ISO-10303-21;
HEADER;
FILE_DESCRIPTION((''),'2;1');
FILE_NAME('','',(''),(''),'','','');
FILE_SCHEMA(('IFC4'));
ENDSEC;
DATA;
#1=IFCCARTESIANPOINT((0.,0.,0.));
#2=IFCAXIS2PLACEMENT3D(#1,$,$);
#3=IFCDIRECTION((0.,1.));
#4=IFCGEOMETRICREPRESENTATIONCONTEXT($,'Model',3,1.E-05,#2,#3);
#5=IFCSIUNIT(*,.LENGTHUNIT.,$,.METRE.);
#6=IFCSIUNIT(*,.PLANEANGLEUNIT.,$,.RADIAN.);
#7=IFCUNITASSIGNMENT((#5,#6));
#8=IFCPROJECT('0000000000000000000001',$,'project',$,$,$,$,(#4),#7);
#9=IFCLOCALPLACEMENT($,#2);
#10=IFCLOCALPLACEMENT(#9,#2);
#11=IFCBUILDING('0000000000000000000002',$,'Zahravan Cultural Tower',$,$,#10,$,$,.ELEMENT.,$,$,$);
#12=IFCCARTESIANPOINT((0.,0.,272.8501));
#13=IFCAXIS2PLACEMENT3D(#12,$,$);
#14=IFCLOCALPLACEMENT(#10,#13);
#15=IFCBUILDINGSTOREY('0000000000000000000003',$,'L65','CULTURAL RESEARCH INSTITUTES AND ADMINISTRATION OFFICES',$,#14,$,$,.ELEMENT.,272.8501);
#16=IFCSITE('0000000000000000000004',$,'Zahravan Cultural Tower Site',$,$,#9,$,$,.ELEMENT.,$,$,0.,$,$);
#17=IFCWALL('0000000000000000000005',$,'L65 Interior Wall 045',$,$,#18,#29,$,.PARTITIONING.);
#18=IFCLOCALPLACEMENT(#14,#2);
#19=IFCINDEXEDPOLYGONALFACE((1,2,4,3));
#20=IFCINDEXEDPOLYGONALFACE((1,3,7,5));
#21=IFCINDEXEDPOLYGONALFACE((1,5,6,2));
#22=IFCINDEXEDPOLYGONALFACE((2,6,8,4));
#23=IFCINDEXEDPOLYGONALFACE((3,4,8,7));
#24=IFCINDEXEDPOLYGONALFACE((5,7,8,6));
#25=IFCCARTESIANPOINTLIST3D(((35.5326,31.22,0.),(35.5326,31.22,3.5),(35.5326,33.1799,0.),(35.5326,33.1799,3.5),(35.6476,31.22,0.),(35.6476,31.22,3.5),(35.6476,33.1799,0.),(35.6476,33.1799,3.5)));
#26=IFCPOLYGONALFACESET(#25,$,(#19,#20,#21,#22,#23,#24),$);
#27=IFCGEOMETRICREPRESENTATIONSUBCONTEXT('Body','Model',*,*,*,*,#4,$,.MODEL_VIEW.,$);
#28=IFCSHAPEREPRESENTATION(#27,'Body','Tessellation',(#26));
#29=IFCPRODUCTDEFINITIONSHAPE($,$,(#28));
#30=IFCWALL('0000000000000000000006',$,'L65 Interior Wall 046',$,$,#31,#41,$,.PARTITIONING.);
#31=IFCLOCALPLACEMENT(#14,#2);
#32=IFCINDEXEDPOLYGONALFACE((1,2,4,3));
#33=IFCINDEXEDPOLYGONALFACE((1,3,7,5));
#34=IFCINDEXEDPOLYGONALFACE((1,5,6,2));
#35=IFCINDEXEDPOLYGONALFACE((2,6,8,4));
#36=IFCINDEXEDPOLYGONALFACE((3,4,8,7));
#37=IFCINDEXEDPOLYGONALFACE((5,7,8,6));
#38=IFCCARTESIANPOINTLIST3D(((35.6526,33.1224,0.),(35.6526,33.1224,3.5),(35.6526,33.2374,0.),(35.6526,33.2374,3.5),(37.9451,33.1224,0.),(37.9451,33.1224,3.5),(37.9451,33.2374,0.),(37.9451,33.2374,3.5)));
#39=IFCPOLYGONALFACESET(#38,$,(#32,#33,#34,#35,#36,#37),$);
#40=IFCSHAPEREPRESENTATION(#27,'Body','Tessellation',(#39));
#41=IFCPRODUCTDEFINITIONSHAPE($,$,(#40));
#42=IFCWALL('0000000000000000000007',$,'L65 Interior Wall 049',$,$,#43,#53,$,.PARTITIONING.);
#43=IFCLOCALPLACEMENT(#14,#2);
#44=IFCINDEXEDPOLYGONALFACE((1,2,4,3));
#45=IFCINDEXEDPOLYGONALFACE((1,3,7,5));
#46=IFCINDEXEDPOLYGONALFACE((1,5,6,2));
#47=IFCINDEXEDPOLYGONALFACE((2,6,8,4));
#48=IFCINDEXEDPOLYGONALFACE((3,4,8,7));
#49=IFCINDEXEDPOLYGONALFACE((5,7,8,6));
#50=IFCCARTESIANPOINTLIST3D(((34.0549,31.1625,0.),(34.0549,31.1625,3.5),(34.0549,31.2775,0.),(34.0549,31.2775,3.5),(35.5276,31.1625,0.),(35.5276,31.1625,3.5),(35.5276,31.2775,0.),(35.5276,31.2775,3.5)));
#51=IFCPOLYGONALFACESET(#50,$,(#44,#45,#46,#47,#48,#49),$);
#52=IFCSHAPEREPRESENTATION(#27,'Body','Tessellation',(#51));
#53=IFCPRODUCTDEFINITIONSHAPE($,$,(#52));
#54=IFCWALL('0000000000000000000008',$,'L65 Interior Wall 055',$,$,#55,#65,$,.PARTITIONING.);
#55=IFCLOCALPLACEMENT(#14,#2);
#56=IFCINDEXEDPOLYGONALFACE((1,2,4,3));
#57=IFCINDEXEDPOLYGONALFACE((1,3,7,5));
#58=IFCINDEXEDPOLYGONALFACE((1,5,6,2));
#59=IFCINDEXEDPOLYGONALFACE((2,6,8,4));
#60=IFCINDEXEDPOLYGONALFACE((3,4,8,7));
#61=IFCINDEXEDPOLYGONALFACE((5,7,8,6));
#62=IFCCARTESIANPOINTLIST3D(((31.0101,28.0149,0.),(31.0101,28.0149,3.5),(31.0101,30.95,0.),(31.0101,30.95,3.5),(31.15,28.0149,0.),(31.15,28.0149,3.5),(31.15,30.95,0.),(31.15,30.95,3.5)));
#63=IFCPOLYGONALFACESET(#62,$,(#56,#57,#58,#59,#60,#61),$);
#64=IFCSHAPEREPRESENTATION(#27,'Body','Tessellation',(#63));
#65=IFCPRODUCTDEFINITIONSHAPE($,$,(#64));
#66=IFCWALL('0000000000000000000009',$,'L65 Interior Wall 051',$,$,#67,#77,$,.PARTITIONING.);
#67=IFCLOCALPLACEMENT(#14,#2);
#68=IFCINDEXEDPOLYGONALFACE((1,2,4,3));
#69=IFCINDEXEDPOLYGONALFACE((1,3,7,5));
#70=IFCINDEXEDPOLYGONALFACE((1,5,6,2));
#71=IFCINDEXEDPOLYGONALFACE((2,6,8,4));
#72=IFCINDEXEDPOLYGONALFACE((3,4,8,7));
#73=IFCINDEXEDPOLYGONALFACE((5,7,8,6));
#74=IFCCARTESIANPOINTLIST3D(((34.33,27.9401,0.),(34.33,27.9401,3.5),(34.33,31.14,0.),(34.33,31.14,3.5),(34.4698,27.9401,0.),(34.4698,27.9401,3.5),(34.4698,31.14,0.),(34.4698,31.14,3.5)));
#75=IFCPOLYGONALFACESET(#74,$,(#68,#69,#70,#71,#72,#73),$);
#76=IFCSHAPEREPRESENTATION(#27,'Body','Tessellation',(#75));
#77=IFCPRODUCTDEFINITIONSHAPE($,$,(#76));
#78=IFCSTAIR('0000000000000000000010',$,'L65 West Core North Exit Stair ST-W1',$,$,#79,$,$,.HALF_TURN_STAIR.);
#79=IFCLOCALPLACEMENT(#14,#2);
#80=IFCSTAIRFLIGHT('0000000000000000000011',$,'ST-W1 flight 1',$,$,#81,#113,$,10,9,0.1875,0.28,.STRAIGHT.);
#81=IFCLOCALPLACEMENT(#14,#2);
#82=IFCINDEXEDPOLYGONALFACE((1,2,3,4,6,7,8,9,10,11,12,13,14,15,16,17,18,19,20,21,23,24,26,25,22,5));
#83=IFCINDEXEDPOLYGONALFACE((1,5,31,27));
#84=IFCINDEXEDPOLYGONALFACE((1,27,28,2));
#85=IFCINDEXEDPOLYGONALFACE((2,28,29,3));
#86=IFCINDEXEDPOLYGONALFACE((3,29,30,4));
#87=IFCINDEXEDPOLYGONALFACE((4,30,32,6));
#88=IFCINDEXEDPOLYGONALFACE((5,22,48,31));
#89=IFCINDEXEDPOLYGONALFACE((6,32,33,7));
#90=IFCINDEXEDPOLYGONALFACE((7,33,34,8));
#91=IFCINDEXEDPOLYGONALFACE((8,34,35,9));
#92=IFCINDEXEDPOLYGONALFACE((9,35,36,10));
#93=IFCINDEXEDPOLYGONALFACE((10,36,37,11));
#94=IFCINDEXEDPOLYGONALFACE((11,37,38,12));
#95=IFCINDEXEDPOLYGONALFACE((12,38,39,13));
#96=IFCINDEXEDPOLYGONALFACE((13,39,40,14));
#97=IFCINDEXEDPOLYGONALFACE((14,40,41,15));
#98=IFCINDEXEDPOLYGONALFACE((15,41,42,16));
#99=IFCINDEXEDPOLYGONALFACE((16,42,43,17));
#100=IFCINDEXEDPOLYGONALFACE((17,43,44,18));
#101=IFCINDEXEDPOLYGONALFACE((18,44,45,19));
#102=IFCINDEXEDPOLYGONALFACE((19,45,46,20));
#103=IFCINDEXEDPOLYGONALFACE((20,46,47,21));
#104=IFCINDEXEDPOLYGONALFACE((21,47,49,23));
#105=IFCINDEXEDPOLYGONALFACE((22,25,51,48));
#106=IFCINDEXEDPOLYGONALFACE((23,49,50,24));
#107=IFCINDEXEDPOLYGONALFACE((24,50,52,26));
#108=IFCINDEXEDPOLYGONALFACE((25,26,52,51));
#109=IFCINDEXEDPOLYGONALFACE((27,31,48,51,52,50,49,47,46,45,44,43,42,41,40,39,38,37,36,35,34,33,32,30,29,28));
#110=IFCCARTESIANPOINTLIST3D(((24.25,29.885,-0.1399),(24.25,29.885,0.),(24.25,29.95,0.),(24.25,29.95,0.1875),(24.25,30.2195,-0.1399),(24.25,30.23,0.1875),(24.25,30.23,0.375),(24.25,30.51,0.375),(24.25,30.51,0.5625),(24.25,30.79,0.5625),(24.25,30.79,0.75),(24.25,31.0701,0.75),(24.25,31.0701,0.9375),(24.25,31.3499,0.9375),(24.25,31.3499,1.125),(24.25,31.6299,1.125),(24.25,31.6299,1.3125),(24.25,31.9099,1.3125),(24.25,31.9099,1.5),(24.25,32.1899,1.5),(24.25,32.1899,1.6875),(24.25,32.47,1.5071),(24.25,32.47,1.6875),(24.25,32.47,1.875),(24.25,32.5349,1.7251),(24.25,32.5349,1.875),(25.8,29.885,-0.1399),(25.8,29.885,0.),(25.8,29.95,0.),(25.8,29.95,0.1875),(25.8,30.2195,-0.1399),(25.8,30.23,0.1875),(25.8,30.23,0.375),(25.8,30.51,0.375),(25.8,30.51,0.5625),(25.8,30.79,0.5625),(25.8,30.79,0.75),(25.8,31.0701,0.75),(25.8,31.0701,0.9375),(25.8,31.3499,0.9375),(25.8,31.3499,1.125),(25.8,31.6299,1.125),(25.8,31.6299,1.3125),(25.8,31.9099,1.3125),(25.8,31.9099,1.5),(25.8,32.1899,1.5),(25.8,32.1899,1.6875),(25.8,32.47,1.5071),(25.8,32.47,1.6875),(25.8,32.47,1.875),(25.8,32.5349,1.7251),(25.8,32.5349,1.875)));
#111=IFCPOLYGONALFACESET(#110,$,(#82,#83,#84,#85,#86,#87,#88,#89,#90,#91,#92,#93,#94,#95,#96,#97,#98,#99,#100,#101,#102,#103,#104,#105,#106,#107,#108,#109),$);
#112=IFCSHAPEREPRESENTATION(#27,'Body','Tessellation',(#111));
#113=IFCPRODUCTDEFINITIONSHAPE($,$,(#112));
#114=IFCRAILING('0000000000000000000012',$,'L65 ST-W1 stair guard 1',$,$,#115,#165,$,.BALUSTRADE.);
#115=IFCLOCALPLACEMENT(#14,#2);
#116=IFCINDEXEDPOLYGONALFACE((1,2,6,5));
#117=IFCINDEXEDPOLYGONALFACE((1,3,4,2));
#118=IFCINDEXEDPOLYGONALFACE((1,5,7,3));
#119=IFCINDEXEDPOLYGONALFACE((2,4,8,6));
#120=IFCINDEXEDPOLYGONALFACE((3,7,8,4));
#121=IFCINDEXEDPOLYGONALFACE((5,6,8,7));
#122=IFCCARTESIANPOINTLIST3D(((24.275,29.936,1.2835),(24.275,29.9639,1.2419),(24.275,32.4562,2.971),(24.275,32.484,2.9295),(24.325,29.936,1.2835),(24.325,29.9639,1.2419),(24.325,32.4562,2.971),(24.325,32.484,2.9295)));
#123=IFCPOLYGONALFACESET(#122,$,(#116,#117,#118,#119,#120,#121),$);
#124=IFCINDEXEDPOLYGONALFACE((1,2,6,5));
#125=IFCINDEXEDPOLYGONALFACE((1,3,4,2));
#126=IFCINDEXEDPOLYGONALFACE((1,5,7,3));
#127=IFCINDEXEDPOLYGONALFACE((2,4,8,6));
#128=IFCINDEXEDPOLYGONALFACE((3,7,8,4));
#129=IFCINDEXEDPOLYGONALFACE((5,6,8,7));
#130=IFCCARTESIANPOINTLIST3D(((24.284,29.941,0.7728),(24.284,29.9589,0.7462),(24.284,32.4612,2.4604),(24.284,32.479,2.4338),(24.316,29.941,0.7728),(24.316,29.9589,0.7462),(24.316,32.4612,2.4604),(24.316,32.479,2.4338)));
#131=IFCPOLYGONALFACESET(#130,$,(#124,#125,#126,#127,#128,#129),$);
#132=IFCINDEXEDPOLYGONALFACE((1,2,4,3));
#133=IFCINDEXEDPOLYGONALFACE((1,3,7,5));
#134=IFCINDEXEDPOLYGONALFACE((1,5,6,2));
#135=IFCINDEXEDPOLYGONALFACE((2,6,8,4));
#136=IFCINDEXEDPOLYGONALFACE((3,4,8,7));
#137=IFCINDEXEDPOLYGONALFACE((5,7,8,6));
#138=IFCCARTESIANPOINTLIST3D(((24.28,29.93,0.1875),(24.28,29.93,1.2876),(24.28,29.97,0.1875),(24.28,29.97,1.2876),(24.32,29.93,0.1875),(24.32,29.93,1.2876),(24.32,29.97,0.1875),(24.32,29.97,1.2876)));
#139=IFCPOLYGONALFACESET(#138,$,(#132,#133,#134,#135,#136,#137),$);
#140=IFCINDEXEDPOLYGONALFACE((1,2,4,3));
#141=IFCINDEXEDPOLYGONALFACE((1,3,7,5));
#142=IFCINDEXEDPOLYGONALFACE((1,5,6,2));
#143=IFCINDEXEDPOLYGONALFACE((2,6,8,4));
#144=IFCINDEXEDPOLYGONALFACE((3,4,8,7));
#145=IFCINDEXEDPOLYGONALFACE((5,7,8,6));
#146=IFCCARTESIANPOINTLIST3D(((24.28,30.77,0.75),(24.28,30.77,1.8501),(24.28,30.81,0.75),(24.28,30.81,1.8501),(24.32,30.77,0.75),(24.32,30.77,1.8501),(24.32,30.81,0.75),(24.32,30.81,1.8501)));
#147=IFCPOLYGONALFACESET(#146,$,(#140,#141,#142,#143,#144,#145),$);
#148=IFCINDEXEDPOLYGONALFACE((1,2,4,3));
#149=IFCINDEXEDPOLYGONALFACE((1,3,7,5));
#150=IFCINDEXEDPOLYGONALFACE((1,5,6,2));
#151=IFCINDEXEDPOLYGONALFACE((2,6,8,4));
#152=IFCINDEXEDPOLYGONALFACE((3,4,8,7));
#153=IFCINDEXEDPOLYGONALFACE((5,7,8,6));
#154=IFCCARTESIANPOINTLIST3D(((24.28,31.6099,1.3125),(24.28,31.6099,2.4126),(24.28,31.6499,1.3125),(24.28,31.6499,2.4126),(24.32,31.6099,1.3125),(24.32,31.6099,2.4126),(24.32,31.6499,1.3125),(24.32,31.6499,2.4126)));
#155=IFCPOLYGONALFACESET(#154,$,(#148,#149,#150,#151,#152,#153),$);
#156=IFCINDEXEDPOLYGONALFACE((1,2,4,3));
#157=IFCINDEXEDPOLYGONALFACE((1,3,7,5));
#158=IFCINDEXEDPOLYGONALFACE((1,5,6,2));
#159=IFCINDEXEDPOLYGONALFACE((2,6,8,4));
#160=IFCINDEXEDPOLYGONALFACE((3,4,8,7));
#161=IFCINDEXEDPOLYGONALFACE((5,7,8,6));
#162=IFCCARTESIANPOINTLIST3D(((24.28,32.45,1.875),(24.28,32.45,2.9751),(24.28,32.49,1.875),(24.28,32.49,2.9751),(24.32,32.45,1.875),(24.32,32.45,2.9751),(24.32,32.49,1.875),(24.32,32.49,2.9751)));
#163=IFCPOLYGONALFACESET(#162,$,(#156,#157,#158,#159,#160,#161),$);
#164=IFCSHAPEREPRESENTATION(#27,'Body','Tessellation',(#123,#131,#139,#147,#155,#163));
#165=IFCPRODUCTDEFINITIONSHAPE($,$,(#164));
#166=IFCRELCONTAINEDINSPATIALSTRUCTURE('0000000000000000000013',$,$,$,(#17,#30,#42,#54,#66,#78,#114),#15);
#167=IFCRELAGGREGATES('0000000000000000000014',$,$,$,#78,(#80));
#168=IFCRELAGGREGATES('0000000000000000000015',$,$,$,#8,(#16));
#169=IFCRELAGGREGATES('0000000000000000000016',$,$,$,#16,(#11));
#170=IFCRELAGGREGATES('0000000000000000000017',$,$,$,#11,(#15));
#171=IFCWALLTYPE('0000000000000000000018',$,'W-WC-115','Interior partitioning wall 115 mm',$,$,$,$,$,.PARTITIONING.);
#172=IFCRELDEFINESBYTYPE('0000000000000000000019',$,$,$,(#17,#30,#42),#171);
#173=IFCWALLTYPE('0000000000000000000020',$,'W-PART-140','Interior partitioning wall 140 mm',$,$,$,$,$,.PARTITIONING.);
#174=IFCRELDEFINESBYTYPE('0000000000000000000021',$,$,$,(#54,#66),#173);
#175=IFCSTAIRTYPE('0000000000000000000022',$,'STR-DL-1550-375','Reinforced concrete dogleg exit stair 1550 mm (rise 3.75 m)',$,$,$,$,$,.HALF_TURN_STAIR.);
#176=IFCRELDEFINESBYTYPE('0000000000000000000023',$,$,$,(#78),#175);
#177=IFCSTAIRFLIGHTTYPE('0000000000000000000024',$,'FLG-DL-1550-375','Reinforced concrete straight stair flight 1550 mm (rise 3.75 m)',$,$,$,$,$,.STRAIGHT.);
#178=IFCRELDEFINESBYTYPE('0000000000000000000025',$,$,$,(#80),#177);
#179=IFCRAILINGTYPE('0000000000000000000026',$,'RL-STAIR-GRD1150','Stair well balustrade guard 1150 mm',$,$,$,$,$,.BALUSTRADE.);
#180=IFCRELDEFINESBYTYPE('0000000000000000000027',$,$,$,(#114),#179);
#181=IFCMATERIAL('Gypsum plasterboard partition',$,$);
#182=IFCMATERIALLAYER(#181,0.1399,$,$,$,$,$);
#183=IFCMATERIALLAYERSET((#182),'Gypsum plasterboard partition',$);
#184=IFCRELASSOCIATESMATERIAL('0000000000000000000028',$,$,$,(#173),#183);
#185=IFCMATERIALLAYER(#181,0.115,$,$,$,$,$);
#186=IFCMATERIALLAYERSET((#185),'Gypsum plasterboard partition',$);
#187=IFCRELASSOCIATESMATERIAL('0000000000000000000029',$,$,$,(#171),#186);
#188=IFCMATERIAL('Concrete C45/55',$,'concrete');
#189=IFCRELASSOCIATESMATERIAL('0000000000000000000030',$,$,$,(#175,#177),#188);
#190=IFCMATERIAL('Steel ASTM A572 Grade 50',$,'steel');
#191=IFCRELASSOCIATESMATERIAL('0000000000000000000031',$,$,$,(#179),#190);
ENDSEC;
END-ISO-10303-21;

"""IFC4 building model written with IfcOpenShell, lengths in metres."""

from ifc_helpers import new_model, si_unit, direction, frame, frame_2d, origin, origin_2d, place, context, subcontext, project, spatial, polyline, rectangle, outline, extrude, source, transform, mapped, material, layer, layer_set, type_object, element, aggregate, save


model = new_model("IFC4")

# Units and contexts
model_context = context("Model", 3, precision=1e-05, world=origin(), true_north=direction((0.0, 1.0)))
body_context = subcontext(model_context, "Body", "Model", "MODEL_VIEW")
ifc_project = project(units=[si_unit("LENGTHUNIT", "METRE"), si_unit("PLANEANGLEUNIT", "RADIAN")], contexts=[model_context])

# Site, building, storey
site_placement = place(None, origin())
site = spatial("IfcSite", under=ifc_project, at=site_placement, Name="Zahravan Cultural Tower Site", CompositionType="ELEMENT", RefElevation=0.0)
building_placement = place(site_placement, origin())
building = spatial("IfcBuilding", under=site, at=building_placement, Name="Zahravan Cultural Tower", CompositionType="ELEMENT")
storey_placement = place(building_placement, frame((0.0, 0.0, 272.8501)))
storey = spatial("IfcBuildingStorey", under=building, at=storey_placement, Name="L65", Description="CULTURAL RESEARCH INSTITUTES AND ADMINISTRATION OFFICES", CompositionType="ELEMENT", Elevation=272.8501)

# Shared definitions
ifc_material_1 = material(Name="Steel ASTM A572 Grade 50", Category="steel")
ifc_material_2 = material(Name="Gypsum plasterboard partition")
ifc_layer_1 = layer(ifc_material_2, 0.1399)
ifc_layer_set_1 = layer_set([ifc_layer_1], Name="Gypsum plasterboard partition")
wall_type_1 = type_object("IfcWallType", Name="W-PART-140", Description="Interior partitioning wall 140 mm", PredefinedType="PARTITIONING", material=ifc_layer_set_1)
ifc_material_3 = material(Name="Concrete C45/55", Category="concrete")

# Walls
ifc_layer_2 = layer(ifc_material_2, 0.115)
ifc_layer_set_2 = layer_set([ifc_layer_2], Name="Gypsum plasterboard partition")
wall_type_2 = type_object("IfcWallType", Name="W-WC-115", Description="Interior partitioning wall 115 mm", PredefinedType="PARTITIONING", material=ifc_layer_set_2)
shared_shape_1 = source(origin(), body_context, "Body", "SweptSolid", [
    extrude(rectangle(XDim=1.96, YDim=0.115, at=frame_2d((0.98, 0.0))), origin(), (0.0, 0.0, 1.0), 3.5),
])
wall_1_placement = place(storey_placement, frame((35.5901, 31.22, 0.0), z_axis=(0.0, 0.0, 1.0), x_axis=(0.0, 1.0, 0.0)))
element("IfcWall", 1, at=wall_1_placement, inside=storey, type_object=wall_type_2, Name="L65 Interior Wall 045", PredefinedType="PARTITIONING", context=body_context, shape_type="MappedRepresentation", body=[
    mapped(shared_shape_1, transform((0.0, 0.0, 0.0), x_axis=(1.0, 0.0, 0.0), y_axis=(0.0, 1.0, 0.0), z_axis=(0.0, 0.0, 1.0), scale=1.0)),
])
shared_shape_2 = source(origin(), body_context, "Body", "SweptSolid", [
    extrude(rectangle(XDim=2.2925, YDim=0.115, at=frame_2d((1.1462, 0.0))), origin(), (0.0, 0.0, 1.0), 3.5),
])
wall_2_placement = place(storey_placement, frame((35.6526, 33.1799, 0.0), z_axis=(0.0, 0.0, 1.0), x_axis=(1.0, 0.0, 0.0)))
element("IfcWall", 2, at=wall_2_placement, inside=storey, type_object=wall_type_2, Name="L65 Interior Wall 046", PredefinedType="PARTITIONING", context=body_context, shape_type="MappedRepresentation", body=[
    mapped(shared_shape_2, transform((0.0, 0.0, 0.0), x_axis=(1.0, 0.0, 0.0), y_axis=(0.0, 1.0, 0.0), z_axis=(0.0, 0.0, 1.0), scale=1.0)),
])
shared_shape_3 = source(origin(), body_context, "Body", "SweptSolid", [
    extrude(rectangle(XDim=1.4727, YDim=0.115, at=frame_2d((0.7363, 0.0))), origin(), (0.0, 0.0, 1.0), 3.5),
])
wall_3_placement = place(storey_placement, frame((35.5276, 31.22, 0.0), z_axis=(0.0, 0.0, 1.0), x_axis=(-1.0, 0.0, 0.0)))
element("IfcWall", 3, at=wall_3_placement, inside=storey, type_object=wall_type_2, Name="L65 Interior Wall 049", PredefinedType="PARTITIONING", context=body_context, shape_type="MappedRepresentation", body=[
    mapped(shared_shape_3, transform((0.0, 0.0, 0.0), x_axis=(1.0, 0.0, 0.0), y_axis=(0.0, 1.0, 0.0), z_axis=(0.0, 0.0, 1.0), scale=1.0)),
])
shared_shape_4 = source(origin(), body_context, "Body", "SweptSolid", [
    extrude(rectangle(XDim=2.9351, YDim=0.1399, at=frame_2d((1.4675, 0.0))), origin(), (0.0, 0.0, 1.0), 3.5),
])
wall_4_placement = place(storey_placement, frame((31.0801, 28.0149, 0.0), z_axis=(0.0, 0.0, 1.0), x_axis=(0.0, 1.0, 0.0)))
element("IfcWall", 4, at=wall_4_placement, inside=storey, type_object=wall_type_1, Name="L65 Interior Wall 055", PredefinedType="PARTITIONING", context=body_context, shape_type="MappedRepresentation", body=[
    mapped(shared_shape_4, transform((0.0, 0.0, 0.0), x_axis=(1.0, 0.0, 0.0), y_axis=(0.0, 1.0, 0.0), z_axis=(0.0, 0.0, 1.0), scale=1.0)),
])
shared_shape_5 = source(origin(), body_context, "Body", "SweptSolid", [
    extrude(rectangle(XDim=3.2, YDim=0.1399, at=frame_2d((1.6001, 0.0))), origin(), (0.0, 0.0, 1.0), 3.5),
])
wall_5_placement = place(storey_placement, frame((34.3999, 27.9399, 0.0), z_axis=(0.0, 0.0, 1.0), x_axis=(0.0, 1.0, 0.0)))
element("IfcWall", 5, at=wall_5_placement, inside=storey, type_object=wall_type_1, Name="L65 Interior Wall 051", PredefinedType="PARTITIONING", context=body_context, shape_type="MappedRepresentation", body=[
    mapped(shared_shape_5, transform((0.0, 0.0, 0.0), x_axis=(1.0, 0.0, 0.0), y_axis=(0.0, 1.0, 0.0), z_axis=(0.0, 0.0, 1.0), scale=1.0)),
])

# Stair, stair flight
stair_type = type_object("IfcStairType", Name="STR-DL-1550-375", Description="Reinforced concrete dogleg exit stair 1550 mm (rise 3.75 m)", PredefinedType="HALF_TURN_STAIR", material=ifc_material_3)
stair_placement = place(storey_placement, origin())
stair = element("IfcStair", 6, at=stair_placement, inside=storey, type_object=stair_type, Name="L65 West Core North Exit Stair ST-W1", PredefinedType="HALF_TURN_STAIR")
stair_flight_type = type_object("IfcStairFlightType", Name="FLG-DL-1550-375", Description="Reinforced concrete straight stair flight 1550 mm (rise 3.75 m)", PredefinedType="STRAIGHT", material=ifc_material_3)
stair_flight_placement = place(storey_placement, frame((25.0249, 29.95, 0.0), z_axis=(0.0, 0.0, 1.0), x_axis=(0.0, 1.0, 0.0)))
stair_flight = element("IfcStairFlight", 7, at=stair_flight_placement, type_object=stair_flight_type, Name="ST-W1 flight 1", NumberOfRisers=10, NumberOfTreads=9, PredefinedType="STRAIGHT", RiserHeight=0.1875, TreadLength=0.28, context=body_context, shape_type="SweptSolid", body=[
    extrude(outline(polyline([(-0.0649, -0.1399), (-0.0649, 0.0), (0.0, 0.0), (0.0, 0.1875), (0.28, 0.1875), (0.28, 0.375), (0.5601, 0.375), (0.5601, 0.5625), (0.8401, 0.5625), (0.8401, 0.75), (1.1201, 0.75), (1.1201, 0.9375), (1.3999, 0.9375), (1.3999, 1.125), (1.6799, 1.125), (1.6799, 1.3125), (1.96, 1.3125), (1.96, 1.5), (2.24, 1.5), (2.24, 1.6875), (2.52, 1.6875), (2.52, 1.875), (2.585, 1.875), (2.585, 1.7251), (2.52, 1.5071), (0.2695, -0.1399), (-0.0649, -0.1399)])), frame((0.0, 0.7749, 0.0), z_axis=(0.0, -1.0, 0.0), x_axis=(1.0, 0.0, 0.0)), (0.0, 0.0, 1.0), 1.55),
])
aggregate(stair, [stair_flight])

# Railing
railing_type_1 = type_object("IfcRailingType", Name="RL-STAIR-GRD1150", Description="Stair well balustrade guard 1150 mm", PredefinedType="BALUSTRADE", material=ifc_material_1)
railing_1_placement = place(storey_placement, frame((24.3, 29.95, 0.1875)))
element("IfcRailing", 8, at=railing_1_placement, inside=storey, type_object=railing_type_1, Name="L65 ST-W1 stair guard 1", PredefinedType="BALUSTRADE", context=body_context, shape_type="SweptSolid", body=[
    extrude(rectangle(XDim=0.05, YDim=0.05, at=origin_2d()), frame((0.0, 0.0, 1.0752), z_axis=(0.0, 0.830909, 0.556408), x_axis=(-1.0, 0.0, 0.0)), (0.0, 0.0, 1.0), 3.033),
    extrude(rectangle(XDim=0.032, YDim=0.032, at=origin_2d()), frame((0.0, 0.0, 0.572), z_axis=(0.0, 0.830909, 0.556408), x_axis=(-1.0, 0.0, 0.0)), (0.0, 0.0, 1.0), 3.033),
    extrude(rectangle(XDim=0.04, YDim=0.04, at=origin_2d()), origin(), (0.0, 0.0, 1.0), 1.1001),
    extrude(rectangle(XDim=0.04, YDim=0.04, at=origin_2d()), frame((0.0, 0.8401, 0.5625)), (0.0, 0.0, 1.0), 1.1001),
    extrude(rectangle(XDim=0.04, YDim=0.04, at=origin_2d()), frame((0.0, 1.6799, 1.125)), (0.0, 0.0, 1.0), 1.1001),
    extrude(rectangle(XDim=0.04, YDim=0.04, at=origin_2d()), frame((0.0, 2.52, 1.6875)), (0.0, 0.0, 1.0), 1.1001),
])

save(model, "model.ifc")
